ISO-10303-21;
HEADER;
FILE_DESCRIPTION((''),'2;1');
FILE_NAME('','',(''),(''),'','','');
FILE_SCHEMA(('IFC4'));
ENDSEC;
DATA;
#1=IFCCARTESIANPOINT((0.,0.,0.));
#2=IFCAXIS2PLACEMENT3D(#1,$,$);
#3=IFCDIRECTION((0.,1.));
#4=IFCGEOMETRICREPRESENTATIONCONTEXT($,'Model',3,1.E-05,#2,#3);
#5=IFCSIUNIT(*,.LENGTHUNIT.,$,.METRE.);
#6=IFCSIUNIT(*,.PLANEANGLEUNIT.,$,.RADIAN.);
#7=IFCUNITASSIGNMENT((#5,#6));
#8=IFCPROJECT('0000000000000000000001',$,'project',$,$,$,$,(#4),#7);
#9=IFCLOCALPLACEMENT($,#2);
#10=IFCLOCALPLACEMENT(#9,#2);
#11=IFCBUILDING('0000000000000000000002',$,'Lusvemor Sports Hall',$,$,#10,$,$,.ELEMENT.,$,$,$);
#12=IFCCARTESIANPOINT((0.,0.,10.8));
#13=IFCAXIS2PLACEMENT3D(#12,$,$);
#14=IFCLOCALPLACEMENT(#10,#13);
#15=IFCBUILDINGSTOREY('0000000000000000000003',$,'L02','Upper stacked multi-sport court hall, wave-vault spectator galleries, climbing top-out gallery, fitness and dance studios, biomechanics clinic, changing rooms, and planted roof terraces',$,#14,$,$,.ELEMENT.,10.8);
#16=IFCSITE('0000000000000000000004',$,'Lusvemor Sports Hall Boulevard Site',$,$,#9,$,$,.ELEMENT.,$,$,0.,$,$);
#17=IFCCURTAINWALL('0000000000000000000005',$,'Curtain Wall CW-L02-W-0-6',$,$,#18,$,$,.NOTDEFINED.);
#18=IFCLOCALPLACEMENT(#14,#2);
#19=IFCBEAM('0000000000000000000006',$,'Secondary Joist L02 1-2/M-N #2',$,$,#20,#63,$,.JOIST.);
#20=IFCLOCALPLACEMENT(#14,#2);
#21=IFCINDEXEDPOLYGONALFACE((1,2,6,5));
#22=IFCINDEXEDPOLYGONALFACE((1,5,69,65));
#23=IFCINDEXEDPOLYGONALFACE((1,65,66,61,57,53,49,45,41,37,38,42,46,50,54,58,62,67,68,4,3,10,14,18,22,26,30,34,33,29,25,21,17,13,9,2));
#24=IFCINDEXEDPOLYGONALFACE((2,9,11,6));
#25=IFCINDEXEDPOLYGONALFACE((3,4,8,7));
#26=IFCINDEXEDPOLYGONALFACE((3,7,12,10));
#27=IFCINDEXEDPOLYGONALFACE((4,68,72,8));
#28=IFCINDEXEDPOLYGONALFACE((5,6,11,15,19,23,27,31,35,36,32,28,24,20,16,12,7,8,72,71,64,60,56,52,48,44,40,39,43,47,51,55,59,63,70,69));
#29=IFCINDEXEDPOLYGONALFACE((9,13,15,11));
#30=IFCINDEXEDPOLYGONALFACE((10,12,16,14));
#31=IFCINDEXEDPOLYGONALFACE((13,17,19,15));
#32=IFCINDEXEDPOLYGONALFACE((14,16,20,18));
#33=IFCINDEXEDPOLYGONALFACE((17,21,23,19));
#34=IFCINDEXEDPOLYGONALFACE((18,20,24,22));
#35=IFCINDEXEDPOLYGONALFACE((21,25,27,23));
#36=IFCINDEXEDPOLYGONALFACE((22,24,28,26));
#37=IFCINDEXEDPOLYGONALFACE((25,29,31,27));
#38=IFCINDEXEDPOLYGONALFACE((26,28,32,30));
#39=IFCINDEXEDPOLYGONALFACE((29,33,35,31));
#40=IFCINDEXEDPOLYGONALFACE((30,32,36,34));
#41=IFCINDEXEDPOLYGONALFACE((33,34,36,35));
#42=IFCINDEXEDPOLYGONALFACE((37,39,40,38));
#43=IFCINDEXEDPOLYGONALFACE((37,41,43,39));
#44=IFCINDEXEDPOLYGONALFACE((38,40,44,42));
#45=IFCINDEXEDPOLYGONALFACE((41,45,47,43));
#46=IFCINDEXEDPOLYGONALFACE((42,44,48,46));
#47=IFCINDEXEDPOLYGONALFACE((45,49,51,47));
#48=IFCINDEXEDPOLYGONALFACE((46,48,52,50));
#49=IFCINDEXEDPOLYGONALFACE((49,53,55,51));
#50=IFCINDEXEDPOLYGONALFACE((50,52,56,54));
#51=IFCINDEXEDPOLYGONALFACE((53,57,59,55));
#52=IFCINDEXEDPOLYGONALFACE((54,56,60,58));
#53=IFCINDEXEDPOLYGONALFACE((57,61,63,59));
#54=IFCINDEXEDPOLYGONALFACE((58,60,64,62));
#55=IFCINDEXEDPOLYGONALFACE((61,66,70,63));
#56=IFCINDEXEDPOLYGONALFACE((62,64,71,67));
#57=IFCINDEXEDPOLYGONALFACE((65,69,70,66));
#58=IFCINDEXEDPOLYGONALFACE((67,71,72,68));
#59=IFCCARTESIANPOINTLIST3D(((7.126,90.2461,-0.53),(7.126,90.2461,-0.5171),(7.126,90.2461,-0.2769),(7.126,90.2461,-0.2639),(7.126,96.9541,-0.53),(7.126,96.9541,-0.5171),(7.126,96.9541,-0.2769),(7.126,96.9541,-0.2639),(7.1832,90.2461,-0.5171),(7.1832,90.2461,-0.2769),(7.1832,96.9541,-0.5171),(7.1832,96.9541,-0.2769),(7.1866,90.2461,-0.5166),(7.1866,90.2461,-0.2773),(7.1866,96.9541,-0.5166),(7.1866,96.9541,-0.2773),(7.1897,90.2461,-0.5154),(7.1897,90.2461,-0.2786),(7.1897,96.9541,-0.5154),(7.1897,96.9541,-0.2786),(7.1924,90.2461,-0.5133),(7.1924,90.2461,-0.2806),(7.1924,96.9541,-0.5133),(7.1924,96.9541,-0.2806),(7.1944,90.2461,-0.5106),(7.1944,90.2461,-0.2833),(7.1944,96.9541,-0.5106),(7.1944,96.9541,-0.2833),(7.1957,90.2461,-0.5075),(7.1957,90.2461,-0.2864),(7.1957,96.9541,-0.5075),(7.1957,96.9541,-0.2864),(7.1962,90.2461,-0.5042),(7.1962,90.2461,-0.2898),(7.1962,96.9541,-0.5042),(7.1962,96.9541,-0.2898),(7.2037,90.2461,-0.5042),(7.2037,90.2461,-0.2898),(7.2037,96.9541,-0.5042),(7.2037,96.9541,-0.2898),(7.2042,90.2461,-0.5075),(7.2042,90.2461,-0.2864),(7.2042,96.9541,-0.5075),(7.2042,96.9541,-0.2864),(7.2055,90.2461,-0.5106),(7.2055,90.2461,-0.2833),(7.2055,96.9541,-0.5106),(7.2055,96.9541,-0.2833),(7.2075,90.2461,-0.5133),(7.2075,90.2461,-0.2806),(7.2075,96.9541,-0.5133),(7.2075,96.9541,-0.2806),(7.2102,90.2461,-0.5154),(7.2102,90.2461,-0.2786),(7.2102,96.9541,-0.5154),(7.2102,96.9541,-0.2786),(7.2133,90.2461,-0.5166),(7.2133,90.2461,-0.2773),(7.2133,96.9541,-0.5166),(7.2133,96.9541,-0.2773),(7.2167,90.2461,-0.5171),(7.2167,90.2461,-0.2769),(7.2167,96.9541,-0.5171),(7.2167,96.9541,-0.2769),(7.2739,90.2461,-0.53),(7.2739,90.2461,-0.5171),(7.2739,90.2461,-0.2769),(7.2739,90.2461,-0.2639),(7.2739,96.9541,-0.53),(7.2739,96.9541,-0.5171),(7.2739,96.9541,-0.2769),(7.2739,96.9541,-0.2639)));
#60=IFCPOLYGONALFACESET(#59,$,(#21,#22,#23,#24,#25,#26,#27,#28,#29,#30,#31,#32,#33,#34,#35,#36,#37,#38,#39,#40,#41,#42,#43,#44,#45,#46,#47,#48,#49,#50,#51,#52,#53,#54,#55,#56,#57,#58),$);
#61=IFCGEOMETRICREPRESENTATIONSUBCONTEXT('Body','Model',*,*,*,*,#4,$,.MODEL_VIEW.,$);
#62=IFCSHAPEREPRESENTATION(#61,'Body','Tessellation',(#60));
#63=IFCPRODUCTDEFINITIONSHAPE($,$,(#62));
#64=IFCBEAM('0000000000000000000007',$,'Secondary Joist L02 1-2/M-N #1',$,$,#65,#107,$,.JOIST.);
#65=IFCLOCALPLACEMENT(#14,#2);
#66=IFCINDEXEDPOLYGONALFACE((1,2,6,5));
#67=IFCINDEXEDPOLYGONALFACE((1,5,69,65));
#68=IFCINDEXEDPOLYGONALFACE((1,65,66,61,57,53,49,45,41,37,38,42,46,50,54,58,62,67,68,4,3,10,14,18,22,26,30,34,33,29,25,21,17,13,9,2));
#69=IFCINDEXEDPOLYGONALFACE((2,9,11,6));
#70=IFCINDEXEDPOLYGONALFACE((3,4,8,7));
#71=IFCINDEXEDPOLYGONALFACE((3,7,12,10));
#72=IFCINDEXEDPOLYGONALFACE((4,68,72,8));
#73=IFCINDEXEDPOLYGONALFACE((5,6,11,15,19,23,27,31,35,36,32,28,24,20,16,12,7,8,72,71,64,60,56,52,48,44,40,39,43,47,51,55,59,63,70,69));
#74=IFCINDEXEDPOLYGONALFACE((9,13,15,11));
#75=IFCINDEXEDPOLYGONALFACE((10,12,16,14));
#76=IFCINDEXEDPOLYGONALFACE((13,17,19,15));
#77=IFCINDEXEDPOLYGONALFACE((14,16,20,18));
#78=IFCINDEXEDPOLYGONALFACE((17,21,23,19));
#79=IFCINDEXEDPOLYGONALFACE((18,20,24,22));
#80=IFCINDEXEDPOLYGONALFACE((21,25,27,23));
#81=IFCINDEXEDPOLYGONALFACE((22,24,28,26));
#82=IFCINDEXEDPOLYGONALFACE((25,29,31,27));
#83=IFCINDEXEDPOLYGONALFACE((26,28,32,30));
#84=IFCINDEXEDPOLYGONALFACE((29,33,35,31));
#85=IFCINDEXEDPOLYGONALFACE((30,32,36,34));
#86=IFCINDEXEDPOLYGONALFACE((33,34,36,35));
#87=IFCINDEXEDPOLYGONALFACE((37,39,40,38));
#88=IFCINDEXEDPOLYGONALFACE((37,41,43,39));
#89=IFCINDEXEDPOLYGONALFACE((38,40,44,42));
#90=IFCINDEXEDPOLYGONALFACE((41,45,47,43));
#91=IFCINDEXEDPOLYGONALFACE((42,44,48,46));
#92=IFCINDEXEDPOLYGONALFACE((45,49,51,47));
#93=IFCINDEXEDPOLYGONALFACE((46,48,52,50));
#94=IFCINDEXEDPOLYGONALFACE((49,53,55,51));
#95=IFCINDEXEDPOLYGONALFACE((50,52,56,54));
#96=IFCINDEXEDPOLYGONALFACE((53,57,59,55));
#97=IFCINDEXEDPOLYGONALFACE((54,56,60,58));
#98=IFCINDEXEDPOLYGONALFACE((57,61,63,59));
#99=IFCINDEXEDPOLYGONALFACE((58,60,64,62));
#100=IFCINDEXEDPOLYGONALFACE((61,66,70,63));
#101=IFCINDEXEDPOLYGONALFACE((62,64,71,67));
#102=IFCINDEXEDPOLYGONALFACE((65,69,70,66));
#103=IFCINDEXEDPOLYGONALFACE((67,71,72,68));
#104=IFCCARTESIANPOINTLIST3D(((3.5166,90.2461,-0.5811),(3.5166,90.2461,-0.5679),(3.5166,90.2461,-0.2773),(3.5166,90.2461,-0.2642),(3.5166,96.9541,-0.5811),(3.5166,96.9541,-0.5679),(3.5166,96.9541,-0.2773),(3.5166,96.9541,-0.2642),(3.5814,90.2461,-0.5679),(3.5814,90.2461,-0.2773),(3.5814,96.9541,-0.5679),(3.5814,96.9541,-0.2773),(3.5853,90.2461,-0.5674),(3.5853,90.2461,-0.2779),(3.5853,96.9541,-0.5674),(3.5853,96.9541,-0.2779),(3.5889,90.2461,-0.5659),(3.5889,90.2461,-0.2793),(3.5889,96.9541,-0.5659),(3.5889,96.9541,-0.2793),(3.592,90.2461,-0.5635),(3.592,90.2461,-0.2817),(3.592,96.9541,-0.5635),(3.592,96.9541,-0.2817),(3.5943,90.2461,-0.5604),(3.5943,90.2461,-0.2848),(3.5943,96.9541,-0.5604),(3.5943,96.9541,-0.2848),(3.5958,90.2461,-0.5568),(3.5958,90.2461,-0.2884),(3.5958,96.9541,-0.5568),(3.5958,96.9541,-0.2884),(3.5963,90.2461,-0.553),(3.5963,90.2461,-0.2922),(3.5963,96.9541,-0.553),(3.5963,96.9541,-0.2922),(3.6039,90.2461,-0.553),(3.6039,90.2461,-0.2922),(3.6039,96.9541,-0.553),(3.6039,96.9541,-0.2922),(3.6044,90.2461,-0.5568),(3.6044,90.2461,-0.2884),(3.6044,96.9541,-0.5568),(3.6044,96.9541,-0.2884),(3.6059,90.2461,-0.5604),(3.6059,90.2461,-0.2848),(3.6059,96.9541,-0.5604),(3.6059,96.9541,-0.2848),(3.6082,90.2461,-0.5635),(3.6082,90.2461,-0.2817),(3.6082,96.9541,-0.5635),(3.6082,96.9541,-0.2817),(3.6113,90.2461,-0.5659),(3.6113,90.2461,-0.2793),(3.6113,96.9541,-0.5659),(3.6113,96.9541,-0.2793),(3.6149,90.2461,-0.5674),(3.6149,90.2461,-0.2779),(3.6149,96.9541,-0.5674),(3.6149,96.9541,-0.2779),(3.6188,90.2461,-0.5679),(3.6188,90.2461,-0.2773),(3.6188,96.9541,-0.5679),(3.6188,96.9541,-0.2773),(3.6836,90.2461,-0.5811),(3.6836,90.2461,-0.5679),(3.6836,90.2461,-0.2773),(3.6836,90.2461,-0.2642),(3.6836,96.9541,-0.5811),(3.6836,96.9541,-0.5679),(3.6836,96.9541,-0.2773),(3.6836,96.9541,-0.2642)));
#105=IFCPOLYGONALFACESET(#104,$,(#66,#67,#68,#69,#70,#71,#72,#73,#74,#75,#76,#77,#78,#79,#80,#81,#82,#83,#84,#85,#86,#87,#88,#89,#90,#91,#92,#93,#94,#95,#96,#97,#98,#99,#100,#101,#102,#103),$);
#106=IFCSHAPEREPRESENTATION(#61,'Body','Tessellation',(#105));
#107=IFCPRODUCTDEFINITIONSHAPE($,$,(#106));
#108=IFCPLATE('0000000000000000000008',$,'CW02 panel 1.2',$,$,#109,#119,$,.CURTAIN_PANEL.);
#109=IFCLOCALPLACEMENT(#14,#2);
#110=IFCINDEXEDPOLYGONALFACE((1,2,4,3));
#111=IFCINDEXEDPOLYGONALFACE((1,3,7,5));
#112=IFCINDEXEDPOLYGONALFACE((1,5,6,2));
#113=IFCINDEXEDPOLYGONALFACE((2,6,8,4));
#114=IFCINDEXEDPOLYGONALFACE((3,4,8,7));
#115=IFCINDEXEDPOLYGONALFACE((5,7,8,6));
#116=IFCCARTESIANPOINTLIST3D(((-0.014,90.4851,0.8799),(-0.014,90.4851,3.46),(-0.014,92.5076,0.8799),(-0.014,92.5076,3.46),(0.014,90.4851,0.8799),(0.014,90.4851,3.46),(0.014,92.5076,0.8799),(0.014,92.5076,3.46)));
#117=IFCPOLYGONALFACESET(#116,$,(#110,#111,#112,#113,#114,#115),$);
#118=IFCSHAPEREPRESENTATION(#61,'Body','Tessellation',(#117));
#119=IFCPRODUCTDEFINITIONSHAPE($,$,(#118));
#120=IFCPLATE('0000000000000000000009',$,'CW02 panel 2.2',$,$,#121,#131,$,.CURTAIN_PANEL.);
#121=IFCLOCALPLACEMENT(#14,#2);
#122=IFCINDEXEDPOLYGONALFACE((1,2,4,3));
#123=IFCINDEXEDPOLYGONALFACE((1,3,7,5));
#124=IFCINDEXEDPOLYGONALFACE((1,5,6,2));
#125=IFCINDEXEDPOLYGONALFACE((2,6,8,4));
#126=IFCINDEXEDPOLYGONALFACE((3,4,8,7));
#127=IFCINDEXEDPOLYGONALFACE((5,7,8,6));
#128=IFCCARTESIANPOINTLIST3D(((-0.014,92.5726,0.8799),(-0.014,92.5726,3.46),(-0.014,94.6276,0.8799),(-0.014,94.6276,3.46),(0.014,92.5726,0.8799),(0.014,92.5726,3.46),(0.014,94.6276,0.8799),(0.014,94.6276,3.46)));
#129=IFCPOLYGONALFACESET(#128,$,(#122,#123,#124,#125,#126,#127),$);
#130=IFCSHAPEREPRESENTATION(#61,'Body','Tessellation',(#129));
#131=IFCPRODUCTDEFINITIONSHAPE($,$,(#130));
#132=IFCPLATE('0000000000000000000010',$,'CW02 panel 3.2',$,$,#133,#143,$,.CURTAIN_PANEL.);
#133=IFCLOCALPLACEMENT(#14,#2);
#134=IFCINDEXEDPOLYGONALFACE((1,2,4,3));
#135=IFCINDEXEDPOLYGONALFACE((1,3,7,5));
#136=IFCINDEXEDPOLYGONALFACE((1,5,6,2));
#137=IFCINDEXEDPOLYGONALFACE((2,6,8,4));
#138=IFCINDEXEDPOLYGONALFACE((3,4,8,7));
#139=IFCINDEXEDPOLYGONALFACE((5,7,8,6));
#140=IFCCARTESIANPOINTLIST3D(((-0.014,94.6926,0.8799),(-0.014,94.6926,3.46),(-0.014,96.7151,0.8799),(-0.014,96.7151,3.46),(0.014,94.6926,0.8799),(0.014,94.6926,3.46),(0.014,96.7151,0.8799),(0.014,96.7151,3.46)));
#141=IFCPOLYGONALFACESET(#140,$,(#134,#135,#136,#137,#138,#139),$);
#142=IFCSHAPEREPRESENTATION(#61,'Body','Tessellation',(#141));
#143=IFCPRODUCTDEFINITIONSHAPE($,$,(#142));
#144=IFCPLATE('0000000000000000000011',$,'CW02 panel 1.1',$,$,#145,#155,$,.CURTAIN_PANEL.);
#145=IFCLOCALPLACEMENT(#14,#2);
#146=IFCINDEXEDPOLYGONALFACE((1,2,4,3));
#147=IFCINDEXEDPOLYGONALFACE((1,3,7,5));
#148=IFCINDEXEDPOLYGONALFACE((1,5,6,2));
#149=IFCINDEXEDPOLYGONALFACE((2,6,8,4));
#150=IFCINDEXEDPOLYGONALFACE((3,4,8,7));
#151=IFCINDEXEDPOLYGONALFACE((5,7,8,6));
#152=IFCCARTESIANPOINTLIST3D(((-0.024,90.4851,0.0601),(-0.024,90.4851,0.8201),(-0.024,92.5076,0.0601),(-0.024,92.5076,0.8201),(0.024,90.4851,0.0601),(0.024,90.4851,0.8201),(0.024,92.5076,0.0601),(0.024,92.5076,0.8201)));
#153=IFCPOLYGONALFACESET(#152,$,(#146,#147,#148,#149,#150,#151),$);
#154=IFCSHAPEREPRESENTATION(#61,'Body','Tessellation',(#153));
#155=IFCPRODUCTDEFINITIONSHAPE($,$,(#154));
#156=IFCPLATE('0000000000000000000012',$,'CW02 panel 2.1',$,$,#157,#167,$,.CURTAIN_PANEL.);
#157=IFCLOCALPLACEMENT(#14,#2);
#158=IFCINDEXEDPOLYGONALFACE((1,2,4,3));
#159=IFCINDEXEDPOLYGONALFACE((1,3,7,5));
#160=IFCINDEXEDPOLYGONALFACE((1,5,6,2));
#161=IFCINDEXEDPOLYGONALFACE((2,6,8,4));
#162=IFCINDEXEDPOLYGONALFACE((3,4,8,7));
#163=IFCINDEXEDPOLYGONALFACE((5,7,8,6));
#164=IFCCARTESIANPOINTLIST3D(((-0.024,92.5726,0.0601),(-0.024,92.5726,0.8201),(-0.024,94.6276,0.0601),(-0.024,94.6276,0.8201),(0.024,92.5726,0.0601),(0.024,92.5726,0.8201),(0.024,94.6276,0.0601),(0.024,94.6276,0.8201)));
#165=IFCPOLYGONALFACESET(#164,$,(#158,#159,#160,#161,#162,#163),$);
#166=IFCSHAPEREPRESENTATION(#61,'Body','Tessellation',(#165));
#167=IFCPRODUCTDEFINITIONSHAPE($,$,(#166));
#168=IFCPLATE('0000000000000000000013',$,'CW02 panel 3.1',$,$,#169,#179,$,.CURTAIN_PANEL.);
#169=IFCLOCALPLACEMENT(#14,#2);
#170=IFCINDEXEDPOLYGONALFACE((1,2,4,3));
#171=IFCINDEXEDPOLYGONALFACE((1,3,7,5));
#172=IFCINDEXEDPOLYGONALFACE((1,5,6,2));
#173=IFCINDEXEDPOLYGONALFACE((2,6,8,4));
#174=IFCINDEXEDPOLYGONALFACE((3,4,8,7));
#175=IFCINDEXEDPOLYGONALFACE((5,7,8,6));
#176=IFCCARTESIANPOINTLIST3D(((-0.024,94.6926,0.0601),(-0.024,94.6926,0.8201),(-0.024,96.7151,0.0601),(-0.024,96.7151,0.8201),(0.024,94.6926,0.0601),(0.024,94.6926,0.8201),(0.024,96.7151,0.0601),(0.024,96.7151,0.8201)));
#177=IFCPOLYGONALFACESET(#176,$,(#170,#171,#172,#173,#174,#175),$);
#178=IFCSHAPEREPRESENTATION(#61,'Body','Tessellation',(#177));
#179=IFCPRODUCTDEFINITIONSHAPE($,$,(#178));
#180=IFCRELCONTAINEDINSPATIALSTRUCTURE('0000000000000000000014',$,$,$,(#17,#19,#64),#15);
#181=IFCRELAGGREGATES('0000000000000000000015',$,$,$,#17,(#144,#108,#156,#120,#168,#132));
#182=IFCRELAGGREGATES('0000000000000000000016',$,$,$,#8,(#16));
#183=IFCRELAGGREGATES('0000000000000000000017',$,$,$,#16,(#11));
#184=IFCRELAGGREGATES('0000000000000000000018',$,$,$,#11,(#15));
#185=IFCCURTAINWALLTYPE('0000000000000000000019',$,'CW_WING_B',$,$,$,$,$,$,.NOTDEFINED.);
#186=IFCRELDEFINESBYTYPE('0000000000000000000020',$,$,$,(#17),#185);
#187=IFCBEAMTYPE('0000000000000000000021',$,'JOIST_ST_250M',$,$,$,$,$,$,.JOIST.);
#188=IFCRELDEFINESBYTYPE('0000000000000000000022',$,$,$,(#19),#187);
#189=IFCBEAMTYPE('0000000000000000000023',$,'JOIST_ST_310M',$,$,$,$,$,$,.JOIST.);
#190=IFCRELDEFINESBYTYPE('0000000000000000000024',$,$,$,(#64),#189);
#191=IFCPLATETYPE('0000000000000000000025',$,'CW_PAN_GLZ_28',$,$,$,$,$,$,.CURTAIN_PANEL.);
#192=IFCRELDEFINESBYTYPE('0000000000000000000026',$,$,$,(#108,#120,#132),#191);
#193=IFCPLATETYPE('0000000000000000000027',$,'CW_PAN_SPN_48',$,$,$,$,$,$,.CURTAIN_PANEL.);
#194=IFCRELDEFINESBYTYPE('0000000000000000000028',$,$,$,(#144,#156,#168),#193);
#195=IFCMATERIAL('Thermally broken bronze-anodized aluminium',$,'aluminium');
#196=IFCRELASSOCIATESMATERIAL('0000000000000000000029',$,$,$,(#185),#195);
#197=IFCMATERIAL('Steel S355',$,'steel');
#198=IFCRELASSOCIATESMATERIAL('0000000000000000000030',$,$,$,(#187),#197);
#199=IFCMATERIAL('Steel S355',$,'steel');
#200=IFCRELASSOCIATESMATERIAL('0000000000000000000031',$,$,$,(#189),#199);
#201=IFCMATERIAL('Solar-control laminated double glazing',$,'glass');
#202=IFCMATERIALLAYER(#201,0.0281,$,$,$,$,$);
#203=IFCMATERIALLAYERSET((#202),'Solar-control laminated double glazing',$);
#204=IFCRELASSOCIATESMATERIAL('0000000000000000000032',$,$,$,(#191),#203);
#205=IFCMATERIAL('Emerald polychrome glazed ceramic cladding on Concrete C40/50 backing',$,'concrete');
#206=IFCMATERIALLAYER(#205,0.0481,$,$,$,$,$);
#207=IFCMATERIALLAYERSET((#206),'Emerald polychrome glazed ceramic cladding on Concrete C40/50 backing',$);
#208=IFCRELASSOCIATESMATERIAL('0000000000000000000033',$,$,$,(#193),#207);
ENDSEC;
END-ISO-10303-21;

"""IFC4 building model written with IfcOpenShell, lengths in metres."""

from ifc_helpers import new_model, si_unit, direction, frame, origin, origin_2d, place, context, subcontext, project, spatial, rectangle, i_section, extrude, material, layer, layer_set, material_profile, profile_set, type_object, element, aggregate, save


model = new_model("IFC4")

# Units and contexts
model_context = context("Model", 3, precision=1e-05, world=origin(), true_north=direction((0.0, 1.0)))
body_context = subcontext(model_context, "Body", "Model", "MODEL_VIEW")
ifc_project = project(units=[si_unit("LENGTHUNIT", "METRE"), si_unit("PLANEANGLEUNIT", "RADIAN")], contexts=[model_context])

# Site, building, storey
site_placement = place(None, origin())
site = spatial("IfcSite", under=ifc_project, at=site_placement, Name="Lusvemor Sports Hall Boulevard Site", CompositionType="ELEMENT", RefElevation=0.0)
building_placement = place(site_placement, origin())
building = spatial("IfcBuilding", under=site, at=building_placement, Name="Lusvemor Sports Hall", CompositionType="ELEMENT")
storey_placement = place(building_placement, frame((0.0, 0.0, 10.8)))
storey = spatial("IfcBuildingStorey", under=building, at=storey_placement, Name="L02", Description="Upper stacked multi-sport court hall, wave-vault spectator galleries, climbing top-out gallery, fitness and dance studios, biomechanics clinic, changing rooms, and planted roof terraces", CompositionType="ELEMENT", Elevation=10.8)

# Curtain wall
ifc_material_1 = material(Name="Thermally broken bronze-anodized aluminium", Category="aluminium")
curtain_wall_type = type_object("IfcCurtainWallType", Name="CW_WING_B", PredefinedType="NOTDEFINED", material=ifc_material_1)
curtain_wall_placement = place(storey_placement, origin())
curtain_wall = element("IfcCurtainWall", 1, at=curtain_wall_placement, inside=storey, type_object=curtain_wall_type, Name="Curtain Wall CW-L02-W-0-6", PredefinedType="NOTDEFINED")

# Beams
ifc_material_2 = material(Name="Steel S355", Category="steel")
ifc_material_profile_1 = material_profile(ifc_material_2, i_section(OverallWidth=0.1479, OverallDepth=0.2661, WebThickness=0.0076, FlangeThickness=0.0129, FilletRadius=0.0129, at=origin_2d()), Name="W250x44.8")
ifc_profile_set_1 = profile_set([ifc_material_profile_1], Name="Steel S355")
beam_type_1 = type_object("IfcBeamType", Name="JOIST_ST_250M", PredefinedType="JOIST", material=ifc_profile_set_1)
beam_1_placement = place(storey_placement, frame((7.2, 90.2461, -0.397), z_axis=(0.0, 1.0, 0.0), x_axis=(-1.0, 0.0, 0.0)))
element("IfcBeam", 2, at=beam_1_placement, inside=storey, type_object=beam_type_1, Name="Secondary Joist L02 1-2/M-N #2", PredefinedType="JOIST", context=body_context, shape_type="SweptSolid", body=[
    extrude(i_section(OverallWidth=0.1479, OverallDepth=0.2661, WebThickness=0.0076, FlangeThickness=0.0129, FilletRadius=0.0129, at=origin_2d()), origin(), (0.0, 0.0, 1.0), 6.708),
])
ifc_material_3 = material(Name="Steel S355", Category="steel")
ifc_material_profile_2 = material_profile(ifc_material_3, i_section(OverallWidth=0.167, OverallDepth=0.3169, WebThickness=0.0076, FlangeThickness=0.0132, FilletRadius=0.0149, at=origin_2d()), Name="W310x52.0")
ifc_profile_set_2 = profile_set([ifc_material_profile_2], Name="Steel S355")
beam_type_2 = type_object("IfcBeamType", Name="JOIST_ST_310M", PredefinedType="JOIST", material=ifc_profile_set_2)
beam_2_placement = place(storey_placement, frame((3.6001, 90.2461, -0.4226), z_axis=(0.0, 1.0, 0.0), x_axis=(-1.0, 0.0, 0.0)))
element("IfcBeam", 3, at=beam_2_placement, inside=storey, type_object=beam_type_2, Name="Secondary Joist L02 1-2/M-N #1", PredefinedType="JOIST", context=body_context, shape_type="SweptSolid", body=[
    extrude(i_section(OverallWidth=0.167, OverallDepth=0.3169, WebThickness=0.0076, FlangeThickness=0.0132, FilletRadius=0.0149, at=origin_2d()), origin(), (0.0, 0.0, 1.0), 6.708),
])

# Plates
ifc_material_4 = material(Name="Solar-control laminated double glazing", Category="glass")
ifc_layer_1 = layer(ifc_material_4, 0.0281)
ifc_layer_set_1 = layer_set([ifc_layer_1], Name="Solar-control laminated double glazing")
plate_type_1 = type_object("IfcPlateType", Name="CW_PAN_GLZ_28", PredefinedType="CURTAIN_PANEL", material=ifc_layer_set_1)
plate_1_placement = place(storey_placement, frame((0.0, 91.4963, 0.8799), z_axis=(0.0, 0.0, 1.0), x_axis=(0.0, 1.0, 0.0)))
plate_1 = element("IfcPlate", 4, at=plate_1_placement, type_object=plate_type_1, Name="CW02 panel 1.2", PredefinedType="CURTAIN_PANEL", context=body_context, shape_type="SweptSolid", body=[
    extrude(rectangle(XDim=2.0225, YDim=0.0281, at=origin_2d()), origin(), (0.0, 0.0, 1.0), 2.5801),
])
plate_2_placement = place(storey_placement, frame((0.0, 93.6001, 0.8799), z_axis=(0.0, 0.0, 1.0), x_axis=(0.0, 1.0, 0.0)))
plate_2 = element("IfcPlate", 5, at=plate_2_placement, type_object=plate_type_1, Name="CW02 panel 2.2", PredefinedType="CURTAIN_PANEL", context=body_context, shape_type="SweptSolid", body=[
    extrude(rectangle(XDim=2.0549, YDim=0.0281, at=origin_2d()), origin(), (0.0, 0.0, 1.0), 2.5801),
])
plate_3_placement = place(storey_placement, frame((0.0, 95.7039, 0.8799), z_axis=(0.0, 0.0, 1.0), x_axis=(0.0, 1.0, 0.0)))
plate_3 = element("IfcPlate", 6, at=plate_3_placement, type_object=plate_type_1, Name="CW02 panel 3.2", PredefinedType="CURTAIN_PANEL", context=body_context, shape_type="SweptSolid", body=[
    extrude(rectangle(XDim=2.0225, YDim=0.0281, at=origin_2d()), origin(), (0.0, 0.0, 1.0), 2.5801),
])
ifc_material_5 = material(Name="Emerald polychrome glazed ceramic cladding on Concrete C40/50 backing", Category="concrete")
ifc_layer_2 = layer(ifc_material_5, 0.0481)
ifc_layer_set_2 = layer_set([ifc_layer_2], Name="Emerald polychrome glazed ceramic cladding on Concrete C40/50 backing")
plate_type_2 = type_object("IfcPlateType", Name="CW_PAN_SPN_48", PredefinedType="CURTAIN_PANEL", material=ifc_layer_set_2)
plate_4_placement = place(storey_placement, frame((0.0, 91.4963, 0.0601), z_axis=(0.0, 0.0, 1.0), x_axis=(0.0, 1.0, 0.0)))
plate_4 = element("IfcPlate", 7, at=plate_4_placement, type_object=plate_type_2, Name="CW02 panel 1.1", PredefinedType="CURTAIN_PANEL", context=body_context, shape_type="SweptSolid", body=[
    extrude(rectangle(XDim=2.0225, YDim=0.0481, at=origin_2d()), origin(), (0.0, 0.0, 1.0), 0.76),
])
plate_5_placement = place(storey_placement, frame((0.0, 93.6001, 0.0601), z_axis=(0.0, 0.0, 1.0), x_axis=(0.0, 1.0, 0.0)))
plate_5 = element("IfcPlate", 8, at=plate_5_placement, type_object=plate_type_2, Name="CW02 panel 2.1", PredefinedType="CURTAIN_PANEL", context=body_context, shape_type="SweptSolid", body=[
    extrude(rectangle(XDim=2.0549, YDim=0.0481, at=origin_2d()), origin(), (0.0, 0.0, 1.0), 0.76),
])
plate_6_placement = place(storey_placement, frame((0.0, 95.7039, 0.0601), z_axis=(0.0, 0.0, 1.0), x_axis=(0.0, 1.0, 0.0)))
plate_6 = element("IfcPlate", 9, at=plate_6_placement, type_object=plate_type_2, Name="CW02 panel 3.1", PredefinedType="CURTAIN_PANEL", context=body_context, shape_type="SweptSolid", body=[
    extrude(rectangle(XDim=2.0225, YDim=0.0481, at=origin_2d()), origin(), (0.0, 0.0, 1.0), 0.76),
])
aggregate(curtain_wall, [plate_4, plate_1, plate_5, plate_2, plate_6, plate_3])

save(model, "model.ifc")
